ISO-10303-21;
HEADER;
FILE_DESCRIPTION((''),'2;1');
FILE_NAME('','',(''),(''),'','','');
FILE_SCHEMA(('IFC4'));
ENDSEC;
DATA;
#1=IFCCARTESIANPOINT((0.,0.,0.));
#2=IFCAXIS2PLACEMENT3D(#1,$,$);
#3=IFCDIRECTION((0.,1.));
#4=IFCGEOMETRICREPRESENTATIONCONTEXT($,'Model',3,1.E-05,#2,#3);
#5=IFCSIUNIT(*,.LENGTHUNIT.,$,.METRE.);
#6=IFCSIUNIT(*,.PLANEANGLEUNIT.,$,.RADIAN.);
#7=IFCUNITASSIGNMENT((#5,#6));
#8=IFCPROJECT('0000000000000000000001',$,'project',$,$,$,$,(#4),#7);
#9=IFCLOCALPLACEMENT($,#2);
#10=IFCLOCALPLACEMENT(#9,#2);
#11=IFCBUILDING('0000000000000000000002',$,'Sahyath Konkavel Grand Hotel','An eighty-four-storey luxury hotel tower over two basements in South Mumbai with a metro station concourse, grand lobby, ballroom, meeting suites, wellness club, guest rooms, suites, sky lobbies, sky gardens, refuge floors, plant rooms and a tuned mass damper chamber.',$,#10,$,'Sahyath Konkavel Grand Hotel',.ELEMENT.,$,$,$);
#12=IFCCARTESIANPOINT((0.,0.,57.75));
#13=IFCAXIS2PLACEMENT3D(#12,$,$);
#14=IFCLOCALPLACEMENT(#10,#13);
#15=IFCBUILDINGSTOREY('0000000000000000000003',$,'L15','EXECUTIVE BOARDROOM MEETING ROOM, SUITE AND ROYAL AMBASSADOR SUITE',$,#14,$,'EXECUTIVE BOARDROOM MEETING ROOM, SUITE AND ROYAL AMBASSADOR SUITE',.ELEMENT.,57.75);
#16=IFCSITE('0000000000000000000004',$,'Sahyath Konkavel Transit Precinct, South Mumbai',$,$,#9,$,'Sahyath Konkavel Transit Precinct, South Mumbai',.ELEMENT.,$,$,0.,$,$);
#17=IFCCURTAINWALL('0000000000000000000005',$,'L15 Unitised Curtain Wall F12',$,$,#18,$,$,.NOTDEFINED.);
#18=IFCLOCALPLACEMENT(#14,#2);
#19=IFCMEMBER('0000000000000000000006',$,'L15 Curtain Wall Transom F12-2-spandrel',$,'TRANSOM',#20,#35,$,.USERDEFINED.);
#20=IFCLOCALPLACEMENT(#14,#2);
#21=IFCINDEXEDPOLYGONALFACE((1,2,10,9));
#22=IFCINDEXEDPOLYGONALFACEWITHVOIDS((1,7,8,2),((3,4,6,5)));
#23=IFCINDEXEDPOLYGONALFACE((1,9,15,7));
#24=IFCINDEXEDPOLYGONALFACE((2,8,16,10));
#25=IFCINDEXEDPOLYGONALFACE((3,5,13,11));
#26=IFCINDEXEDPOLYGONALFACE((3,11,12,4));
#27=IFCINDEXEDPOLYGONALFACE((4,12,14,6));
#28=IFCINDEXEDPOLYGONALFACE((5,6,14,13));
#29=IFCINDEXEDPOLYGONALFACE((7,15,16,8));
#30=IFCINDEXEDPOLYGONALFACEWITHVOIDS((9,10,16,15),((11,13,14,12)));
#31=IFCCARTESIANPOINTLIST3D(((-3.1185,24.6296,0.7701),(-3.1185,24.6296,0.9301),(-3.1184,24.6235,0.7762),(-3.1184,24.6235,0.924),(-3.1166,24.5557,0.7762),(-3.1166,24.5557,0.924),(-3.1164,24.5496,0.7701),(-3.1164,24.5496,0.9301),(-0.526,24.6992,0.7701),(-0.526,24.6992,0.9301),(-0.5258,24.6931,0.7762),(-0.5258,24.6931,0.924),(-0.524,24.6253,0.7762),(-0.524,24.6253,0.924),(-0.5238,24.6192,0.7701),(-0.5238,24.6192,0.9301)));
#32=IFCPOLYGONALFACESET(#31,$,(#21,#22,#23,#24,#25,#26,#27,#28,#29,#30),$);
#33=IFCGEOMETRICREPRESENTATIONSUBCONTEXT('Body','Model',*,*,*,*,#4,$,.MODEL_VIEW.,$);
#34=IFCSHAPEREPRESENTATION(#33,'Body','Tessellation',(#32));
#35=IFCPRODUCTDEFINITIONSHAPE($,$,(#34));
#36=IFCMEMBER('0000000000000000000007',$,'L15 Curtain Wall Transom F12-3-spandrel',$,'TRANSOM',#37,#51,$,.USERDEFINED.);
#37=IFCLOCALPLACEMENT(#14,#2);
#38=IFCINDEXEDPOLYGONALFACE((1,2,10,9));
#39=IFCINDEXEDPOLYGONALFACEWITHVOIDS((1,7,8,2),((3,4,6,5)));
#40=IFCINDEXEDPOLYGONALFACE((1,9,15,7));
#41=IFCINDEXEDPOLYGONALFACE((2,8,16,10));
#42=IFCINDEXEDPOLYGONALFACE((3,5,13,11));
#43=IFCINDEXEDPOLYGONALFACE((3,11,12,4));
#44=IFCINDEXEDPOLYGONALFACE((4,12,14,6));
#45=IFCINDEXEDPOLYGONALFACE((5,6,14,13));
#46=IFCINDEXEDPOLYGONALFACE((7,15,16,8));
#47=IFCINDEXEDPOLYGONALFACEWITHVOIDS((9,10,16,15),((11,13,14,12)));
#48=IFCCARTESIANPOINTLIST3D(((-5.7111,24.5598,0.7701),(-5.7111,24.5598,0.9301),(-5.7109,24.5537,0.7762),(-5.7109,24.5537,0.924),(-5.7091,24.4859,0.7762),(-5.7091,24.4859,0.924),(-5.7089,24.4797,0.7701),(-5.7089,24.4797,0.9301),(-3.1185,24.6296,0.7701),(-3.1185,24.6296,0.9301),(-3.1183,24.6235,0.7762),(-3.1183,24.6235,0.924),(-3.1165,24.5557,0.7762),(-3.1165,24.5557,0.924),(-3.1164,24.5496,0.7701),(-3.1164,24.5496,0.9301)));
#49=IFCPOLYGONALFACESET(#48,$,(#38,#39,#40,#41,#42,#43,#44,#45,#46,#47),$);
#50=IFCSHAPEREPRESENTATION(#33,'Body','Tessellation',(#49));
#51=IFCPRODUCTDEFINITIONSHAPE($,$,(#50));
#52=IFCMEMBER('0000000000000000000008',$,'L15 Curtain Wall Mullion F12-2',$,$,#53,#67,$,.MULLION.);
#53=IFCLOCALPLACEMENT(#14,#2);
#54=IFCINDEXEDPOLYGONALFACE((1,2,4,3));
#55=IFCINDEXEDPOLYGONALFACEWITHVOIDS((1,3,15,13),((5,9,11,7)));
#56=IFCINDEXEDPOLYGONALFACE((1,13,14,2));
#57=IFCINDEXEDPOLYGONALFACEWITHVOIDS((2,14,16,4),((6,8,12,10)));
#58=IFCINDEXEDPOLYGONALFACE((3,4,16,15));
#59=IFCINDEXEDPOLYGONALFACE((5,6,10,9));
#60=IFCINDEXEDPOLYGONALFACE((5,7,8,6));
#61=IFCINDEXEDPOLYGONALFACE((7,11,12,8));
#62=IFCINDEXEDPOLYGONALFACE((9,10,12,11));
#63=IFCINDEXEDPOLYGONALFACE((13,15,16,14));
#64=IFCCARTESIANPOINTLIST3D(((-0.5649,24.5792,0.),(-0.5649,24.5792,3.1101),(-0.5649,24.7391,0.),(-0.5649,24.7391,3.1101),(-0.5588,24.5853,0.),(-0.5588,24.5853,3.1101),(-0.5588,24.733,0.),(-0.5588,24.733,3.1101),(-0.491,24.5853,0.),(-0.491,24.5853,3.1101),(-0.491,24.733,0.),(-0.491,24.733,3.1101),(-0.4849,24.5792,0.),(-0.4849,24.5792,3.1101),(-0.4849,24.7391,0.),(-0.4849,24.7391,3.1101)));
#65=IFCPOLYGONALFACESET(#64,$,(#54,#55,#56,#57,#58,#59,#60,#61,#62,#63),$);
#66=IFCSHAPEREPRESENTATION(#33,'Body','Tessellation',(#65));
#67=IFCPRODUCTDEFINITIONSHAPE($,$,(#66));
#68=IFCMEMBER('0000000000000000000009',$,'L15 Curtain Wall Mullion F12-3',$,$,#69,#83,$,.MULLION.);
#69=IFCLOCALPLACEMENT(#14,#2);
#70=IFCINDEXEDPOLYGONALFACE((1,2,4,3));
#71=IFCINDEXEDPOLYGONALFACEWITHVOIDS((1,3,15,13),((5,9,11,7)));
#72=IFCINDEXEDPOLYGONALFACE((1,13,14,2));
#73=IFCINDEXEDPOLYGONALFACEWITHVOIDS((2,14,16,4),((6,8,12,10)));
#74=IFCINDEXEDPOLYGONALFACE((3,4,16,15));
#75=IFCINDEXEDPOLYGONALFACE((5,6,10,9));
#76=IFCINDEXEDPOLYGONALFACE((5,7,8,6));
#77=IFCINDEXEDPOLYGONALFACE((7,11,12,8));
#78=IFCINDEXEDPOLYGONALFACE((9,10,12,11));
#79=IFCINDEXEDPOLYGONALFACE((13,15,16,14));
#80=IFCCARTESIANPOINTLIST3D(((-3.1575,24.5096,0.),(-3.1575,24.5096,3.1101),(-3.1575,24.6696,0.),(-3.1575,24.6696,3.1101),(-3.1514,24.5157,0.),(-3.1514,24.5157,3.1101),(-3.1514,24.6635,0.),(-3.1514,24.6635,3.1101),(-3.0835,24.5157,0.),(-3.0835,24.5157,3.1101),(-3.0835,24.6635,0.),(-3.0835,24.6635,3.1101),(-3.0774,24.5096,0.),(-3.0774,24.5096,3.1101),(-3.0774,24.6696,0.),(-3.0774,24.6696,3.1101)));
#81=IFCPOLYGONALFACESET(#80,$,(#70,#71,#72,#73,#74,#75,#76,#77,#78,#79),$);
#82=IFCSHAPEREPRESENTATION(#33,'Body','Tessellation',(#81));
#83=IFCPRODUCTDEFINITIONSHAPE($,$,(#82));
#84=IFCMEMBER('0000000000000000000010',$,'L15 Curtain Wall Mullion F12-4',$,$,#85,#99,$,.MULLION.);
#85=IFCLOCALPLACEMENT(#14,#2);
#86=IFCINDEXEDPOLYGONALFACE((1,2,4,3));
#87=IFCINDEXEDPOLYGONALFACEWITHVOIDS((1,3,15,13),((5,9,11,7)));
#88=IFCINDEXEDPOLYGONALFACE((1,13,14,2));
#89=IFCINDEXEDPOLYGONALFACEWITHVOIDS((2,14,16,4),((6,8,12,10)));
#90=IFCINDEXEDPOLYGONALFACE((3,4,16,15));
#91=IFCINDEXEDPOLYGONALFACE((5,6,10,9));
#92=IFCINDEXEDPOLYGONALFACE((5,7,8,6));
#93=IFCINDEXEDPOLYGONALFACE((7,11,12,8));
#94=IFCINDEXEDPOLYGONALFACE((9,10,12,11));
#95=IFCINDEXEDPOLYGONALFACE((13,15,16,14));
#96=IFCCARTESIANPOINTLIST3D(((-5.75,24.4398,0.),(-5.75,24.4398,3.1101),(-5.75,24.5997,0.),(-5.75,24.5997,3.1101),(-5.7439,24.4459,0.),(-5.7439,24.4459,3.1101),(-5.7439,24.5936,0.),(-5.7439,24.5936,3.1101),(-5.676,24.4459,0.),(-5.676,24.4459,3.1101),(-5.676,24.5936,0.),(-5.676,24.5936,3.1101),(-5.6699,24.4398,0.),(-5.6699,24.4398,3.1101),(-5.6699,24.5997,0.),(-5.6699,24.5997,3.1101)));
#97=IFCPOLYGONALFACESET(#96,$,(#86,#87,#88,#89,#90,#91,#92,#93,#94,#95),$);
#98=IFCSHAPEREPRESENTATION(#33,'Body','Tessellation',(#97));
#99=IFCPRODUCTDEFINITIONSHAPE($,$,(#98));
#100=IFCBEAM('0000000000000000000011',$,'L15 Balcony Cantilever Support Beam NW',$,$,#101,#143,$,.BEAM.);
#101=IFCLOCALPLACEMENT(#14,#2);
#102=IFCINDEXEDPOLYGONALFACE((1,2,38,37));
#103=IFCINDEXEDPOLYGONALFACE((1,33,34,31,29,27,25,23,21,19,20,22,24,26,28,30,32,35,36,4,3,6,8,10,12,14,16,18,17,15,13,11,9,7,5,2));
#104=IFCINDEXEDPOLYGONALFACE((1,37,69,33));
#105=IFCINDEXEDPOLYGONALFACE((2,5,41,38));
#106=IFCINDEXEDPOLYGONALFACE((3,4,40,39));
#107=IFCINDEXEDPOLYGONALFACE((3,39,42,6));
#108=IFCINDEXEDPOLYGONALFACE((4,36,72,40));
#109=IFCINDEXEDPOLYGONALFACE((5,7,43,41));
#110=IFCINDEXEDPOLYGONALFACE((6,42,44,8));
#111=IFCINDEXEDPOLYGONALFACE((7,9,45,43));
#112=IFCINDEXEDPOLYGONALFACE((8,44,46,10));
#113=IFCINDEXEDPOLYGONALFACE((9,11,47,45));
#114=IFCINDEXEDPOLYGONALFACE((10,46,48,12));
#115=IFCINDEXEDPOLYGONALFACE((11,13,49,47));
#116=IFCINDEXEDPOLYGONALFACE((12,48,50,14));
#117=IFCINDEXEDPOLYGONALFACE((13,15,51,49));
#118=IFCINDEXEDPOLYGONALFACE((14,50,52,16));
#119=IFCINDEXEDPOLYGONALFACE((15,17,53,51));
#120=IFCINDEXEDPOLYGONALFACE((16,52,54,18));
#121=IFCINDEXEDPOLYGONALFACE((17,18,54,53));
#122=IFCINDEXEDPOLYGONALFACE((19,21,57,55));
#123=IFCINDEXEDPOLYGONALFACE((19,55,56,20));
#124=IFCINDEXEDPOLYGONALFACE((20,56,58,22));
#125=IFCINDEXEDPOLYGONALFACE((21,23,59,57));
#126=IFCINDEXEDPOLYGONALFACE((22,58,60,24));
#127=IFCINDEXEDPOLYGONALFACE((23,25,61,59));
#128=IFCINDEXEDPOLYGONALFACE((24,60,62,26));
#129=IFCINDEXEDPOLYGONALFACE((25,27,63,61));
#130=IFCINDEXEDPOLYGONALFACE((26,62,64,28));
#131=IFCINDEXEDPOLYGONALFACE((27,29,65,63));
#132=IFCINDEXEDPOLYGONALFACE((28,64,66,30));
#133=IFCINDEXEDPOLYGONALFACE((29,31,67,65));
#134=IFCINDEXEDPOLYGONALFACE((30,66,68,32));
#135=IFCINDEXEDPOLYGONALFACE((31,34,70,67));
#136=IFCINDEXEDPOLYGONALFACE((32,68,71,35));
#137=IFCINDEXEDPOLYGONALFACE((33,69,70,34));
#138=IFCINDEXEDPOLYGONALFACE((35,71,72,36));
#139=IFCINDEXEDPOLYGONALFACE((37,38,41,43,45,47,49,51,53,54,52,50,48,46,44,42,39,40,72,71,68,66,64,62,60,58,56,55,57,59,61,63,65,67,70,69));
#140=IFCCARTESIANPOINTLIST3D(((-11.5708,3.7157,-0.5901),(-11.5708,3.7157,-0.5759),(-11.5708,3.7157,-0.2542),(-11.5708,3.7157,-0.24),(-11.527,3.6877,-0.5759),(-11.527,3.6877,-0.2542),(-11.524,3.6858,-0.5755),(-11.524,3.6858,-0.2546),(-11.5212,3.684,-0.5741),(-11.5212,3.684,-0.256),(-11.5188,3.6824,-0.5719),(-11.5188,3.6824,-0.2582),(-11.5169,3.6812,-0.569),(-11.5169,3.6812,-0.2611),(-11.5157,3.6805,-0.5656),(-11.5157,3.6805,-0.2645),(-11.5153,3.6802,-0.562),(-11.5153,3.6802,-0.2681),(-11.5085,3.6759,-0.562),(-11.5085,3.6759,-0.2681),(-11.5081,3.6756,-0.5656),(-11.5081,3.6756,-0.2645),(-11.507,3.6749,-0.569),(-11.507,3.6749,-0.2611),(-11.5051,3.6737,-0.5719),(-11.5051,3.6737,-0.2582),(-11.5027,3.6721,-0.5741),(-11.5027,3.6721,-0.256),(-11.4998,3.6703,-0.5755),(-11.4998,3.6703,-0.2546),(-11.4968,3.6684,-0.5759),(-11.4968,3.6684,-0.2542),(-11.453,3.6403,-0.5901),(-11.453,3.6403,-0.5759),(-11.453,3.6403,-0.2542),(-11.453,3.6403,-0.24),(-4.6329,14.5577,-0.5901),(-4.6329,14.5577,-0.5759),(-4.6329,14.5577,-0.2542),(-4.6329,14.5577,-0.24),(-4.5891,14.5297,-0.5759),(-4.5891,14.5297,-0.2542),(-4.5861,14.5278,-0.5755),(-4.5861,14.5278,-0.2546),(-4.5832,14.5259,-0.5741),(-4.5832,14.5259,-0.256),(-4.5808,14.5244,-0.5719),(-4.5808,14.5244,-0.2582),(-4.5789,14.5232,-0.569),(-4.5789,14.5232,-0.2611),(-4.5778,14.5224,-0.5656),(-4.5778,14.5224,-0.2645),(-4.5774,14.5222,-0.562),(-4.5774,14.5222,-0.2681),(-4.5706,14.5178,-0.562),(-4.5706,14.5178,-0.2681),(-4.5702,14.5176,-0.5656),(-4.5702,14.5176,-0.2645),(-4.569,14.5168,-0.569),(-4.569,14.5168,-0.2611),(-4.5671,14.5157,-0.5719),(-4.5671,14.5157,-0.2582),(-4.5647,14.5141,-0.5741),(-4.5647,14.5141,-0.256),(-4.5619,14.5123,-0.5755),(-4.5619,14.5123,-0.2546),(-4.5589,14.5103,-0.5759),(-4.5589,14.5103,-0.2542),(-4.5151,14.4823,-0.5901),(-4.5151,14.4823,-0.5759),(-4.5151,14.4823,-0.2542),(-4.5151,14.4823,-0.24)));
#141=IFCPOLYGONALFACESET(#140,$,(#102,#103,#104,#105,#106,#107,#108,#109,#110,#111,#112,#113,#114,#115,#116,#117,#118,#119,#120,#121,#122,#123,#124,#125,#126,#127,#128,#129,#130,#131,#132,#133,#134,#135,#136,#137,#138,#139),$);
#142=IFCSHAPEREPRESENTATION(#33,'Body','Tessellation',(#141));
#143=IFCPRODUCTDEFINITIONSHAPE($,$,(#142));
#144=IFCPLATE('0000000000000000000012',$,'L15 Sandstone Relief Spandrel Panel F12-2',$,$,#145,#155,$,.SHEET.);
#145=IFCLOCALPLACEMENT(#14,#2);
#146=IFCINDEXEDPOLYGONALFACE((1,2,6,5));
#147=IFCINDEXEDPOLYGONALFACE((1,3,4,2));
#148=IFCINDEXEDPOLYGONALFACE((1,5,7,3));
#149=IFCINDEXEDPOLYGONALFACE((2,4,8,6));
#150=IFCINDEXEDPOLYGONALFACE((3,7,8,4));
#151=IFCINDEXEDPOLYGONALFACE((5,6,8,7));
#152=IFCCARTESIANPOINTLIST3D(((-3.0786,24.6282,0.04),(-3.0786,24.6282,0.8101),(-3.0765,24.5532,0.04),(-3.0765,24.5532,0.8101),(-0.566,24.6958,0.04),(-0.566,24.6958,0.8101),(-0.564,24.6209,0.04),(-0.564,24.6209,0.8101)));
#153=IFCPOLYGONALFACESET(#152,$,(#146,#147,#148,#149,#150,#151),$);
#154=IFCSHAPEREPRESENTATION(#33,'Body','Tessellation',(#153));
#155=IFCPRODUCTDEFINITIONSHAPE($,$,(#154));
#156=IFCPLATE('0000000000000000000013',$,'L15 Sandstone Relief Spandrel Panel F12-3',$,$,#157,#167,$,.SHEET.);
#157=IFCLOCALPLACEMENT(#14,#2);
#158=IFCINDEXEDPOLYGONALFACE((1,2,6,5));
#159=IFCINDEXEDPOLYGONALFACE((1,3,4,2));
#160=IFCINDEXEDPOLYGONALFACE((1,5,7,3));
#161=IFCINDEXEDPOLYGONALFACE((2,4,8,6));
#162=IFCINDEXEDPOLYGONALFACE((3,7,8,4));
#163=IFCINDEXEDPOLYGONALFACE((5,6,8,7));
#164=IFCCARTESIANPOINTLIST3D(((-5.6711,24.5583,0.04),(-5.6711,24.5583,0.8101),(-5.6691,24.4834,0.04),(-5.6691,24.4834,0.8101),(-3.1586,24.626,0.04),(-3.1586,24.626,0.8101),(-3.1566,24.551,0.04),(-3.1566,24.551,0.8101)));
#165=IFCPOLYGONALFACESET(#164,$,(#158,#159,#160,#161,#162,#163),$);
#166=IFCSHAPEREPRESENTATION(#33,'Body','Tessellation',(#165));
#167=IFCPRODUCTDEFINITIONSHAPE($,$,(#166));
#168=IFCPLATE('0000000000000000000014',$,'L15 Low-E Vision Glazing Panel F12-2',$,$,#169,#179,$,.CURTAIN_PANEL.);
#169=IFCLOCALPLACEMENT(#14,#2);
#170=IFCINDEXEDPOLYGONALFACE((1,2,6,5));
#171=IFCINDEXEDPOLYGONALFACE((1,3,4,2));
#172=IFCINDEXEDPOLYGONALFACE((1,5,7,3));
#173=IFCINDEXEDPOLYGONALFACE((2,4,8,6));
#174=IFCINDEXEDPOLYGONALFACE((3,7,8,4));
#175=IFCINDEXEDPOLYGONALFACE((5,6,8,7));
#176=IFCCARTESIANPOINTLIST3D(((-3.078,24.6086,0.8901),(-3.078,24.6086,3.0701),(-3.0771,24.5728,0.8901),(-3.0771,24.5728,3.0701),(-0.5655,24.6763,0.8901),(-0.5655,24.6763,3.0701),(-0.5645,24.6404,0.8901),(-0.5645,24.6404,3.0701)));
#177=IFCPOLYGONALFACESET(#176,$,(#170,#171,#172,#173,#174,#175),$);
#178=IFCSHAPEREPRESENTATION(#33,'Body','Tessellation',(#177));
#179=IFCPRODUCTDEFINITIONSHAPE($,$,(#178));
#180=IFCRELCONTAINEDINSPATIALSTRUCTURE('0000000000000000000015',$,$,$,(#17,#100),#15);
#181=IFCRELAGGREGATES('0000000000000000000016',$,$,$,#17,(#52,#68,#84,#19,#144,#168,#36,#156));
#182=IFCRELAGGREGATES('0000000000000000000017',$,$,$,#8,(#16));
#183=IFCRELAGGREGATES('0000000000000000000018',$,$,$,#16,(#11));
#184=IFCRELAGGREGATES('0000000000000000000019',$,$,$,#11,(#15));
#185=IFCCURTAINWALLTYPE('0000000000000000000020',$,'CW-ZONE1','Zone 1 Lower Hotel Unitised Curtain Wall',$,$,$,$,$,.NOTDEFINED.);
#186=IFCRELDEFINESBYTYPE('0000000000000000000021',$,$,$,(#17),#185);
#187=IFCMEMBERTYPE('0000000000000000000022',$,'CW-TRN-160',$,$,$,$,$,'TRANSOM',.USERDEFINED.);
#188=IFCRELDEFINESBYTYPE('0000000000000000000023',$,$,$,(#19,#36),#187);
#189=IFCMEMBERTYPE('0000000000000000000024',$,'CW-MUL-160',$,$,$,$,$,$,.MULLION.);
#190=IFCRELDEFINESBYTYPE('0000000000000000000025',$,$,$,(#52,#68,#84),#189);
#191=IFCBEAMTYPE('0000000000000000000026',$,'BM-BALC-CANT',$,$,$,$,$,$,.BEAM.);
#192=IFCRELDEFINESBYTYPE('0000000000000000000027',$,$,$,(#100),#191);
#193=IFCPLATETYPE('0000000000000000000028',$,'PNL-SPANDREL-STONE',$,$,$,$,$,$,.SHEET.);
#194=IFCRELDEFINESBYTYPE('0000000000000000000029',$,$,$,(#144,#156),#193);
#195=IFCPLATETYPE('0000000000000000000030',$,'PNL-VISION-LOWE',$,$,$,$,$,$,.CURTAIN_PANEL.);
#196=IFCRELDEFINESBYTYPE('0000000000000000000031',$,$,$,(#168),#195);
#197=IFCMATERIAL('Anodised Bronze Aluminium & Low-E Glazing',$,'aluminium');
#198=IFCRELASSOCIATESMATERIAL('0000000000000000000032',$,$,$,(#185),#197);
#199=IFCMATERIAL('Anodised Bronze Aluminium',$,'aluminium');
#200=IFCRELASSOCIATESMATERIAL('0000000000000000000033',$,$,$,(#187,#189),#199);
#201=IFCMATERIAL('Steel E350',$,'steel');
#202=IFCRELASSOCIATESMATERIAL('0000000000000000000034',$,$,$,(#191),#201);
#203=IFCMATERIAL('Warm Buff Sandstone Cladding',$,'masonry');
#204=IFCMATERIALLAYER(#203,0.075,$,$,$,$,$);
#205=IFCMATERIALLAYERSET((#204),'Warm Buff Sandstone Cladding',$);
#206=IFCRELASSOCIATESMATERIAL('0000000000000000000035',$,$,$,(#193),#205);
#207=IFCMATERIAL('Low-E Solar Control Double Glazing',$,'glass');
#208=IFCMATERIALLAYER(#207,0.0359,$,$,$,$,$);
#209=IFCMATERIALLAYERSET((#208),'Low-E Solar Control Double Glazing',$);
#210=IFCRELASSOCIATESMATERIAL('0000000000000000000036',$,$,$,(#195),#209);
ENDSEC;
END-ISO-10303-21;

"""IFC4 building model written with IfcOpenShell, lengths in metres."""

from ifc_helpers import new_model, si_unit, direction, frame, origin, origin_2d, place, context, subcontext, project, spatial, rectangle, hollow_rectangle, i_section, extrude, source, transform, mapped, material, layer, layer_set, material_profile, profile_set, type_object, element, aggregate, save


model = new_model("IFC4")

# Units and contexts
model_context = context("Model", 3, precision=1e-05, world=origin(), true_north=direction((0.0, 1.0)))
body_context = subcontext(model_context, "Body", "Model", "MODEL_VIEW")
ifc_project = project(units=[si_unit("LENGTHUNIT", "METRE"), si_unit("PLANEANGLEUNIT", "RADIAN")], contexts=[model_context])

# Site, building, storey
site_placement = place(None, origin())
site = spatial("IfcSite", under=ifc_project, at=site_placement, Name="Sahyath Konkavel Transit Precinct, South Mumbai", LongName="Sahyath Konkavel Transit Precinct, South Mumbai", CompositionType="ELEMENT", RefElevation=0.0)
building_placement = place(site_placement, origin())
building = spatial("IfcBuilding", under=site, at=building_placement, Name="Sahyath Konkavel Grand Hotel", Description="An eighty-four-storey luxury hotel tower over two basements in South Mumbai with a metro station concourse, grand lobby, ballroom, meeting suites, wellness club, guest rooms, suites, sky lobbies, sky gardens, refuge floors, plant rooms and a tuned mass damper chamber.", LongName="Sahyath Konkavel Grand Hotel", CompositionType="ELEMENT")
storey_placement = place(building_placement, frame((0.0, 0.0, 57.75)))
storey = spatial("IfcBuildingStorey", under=building, at=storey_placement, Name="L15", Description="EXECUTIVE BOARDROOM MEETING ROOM, SUITE AND ROYAL AMBASSADOR SUITE", LongName="EXECUTIVE BOARDROOM MEETING ROOM, SUITE AND ROYAL AMBASSADOR SUITE", CompositionType="ELEMENT", Elevation=57.75)

# Shared definitions
ifc_material_1 = material(Name="Steel E350", Category="steel")

# Curtain wall
ifc_material_2 = material(Name="Anodised Bronze Aluminium & Low-E Glazing", Category="aluminium")
curtain_wall_type = type_object("IfcCurtainWallType", Name="CW-ZONE1", Description="Zone 1 Lower Hotel Unitised Curtain Wall", PredefinedType="NOTDEFINED", material=ifc_material_2)
curtain_wall_1_placement = place(storey_placement, origin())
curtain_wall_1 = element("IfcCurtainWall", 1, at=curtain_wall_1_placement, inside=storey, type_object=curtain_wall_type, Name="L15 Unitised Curtain Wall F12", PredefinedType="NOTDEFINED")
ifc_material_3 = material(Name="Anodised Bronze Aluminium", Category="aluminium")
ifc_material_profile_1 = material_profile(ifc_material_3, hollow_rectangle(XDim=0.0801, YDim=0.1599, WallThickness=0.0061, at=origin_2d()), Name="RHS 160x80x6")
ifc_profile_set_1 = profile_set([ifc_material_profile_1], Name="Anodised Bronze Aluminium")
member_type_1 = type_object("IfcMemberType", Name="CW-TRN-160", ElementType="TRANSOM", PredefinedType="USERDEFINED", material=ifc_profile_set_1)

# Members
shared_shape_1 = source(origin(), body_context, "Body", "SweptSolid", [
    extrude(hollow_rectangle(XDim=0.0801, YDim=0.1599, WallThickness=0.0061, at=origin_2d()), origin(), (0.0, 0.0, 1.0), 2.5935),
])
member_1_placement = place(storey_placement, frame((-0.5249, 24.6592, 0.8501), z_axis=(-0.99964, -0.026829, 0.0), x_axis=(0.026829, -0.99964, 0.0)))
member_1 = element("IfcMember", 2, at=member_1_placement, type_object=member_type_1, Name="L15 Curtain Wall Transom F12-2-spandrel", ObjectType="TRANSOM", PredefinedType="USERDEFINED", context=body_context, shape_type="MappedRepresentation", body=[
    mapped(shared_shape_1, transform((0.0, 0.0, 0.0), scale=1.0)),
])
member_2_placement = place(storey_placement, frame((-3.1174, 24.5896, 0.8501), z_axis=(-0.999638, -0.026923, 0.0), x_axis=(0.026923, -0.999638, 0.0)))
member_2 = element("IfcMember", 3, at=member_2_placement, type_object=member_type_1, Name="L15 Curtain Wall Transom F12-3-spandrel", ObjectType="TRANSOM", PredefinedType="USERDEFINED", context=body_context, shape_type="MappedRepresentation", body=[
    mapped(shared_shape_1, transform((0.0, 0.0, 0.0), scale=1.0)),
])
ifc_material_profile_2 = material_profile(ifc_material_3, hollow_rectangle(XDim=0.0801, YDim=0.1599, WallThickness=0.0061, at=origin_2d()), Name="RHS 160x80x6")
ifc_profile_set_2 = profile_set([ifc_material_profile_2], Name="Anodised Bronze Aluminium")
member_type_2 = type_object("IfcMemberType", Name="CW-MUL-160", PredefinedType="MULLION", material=ifc_profile_set_2)
shared_shape_2 = source(origin(), body_context, "Body", "SweptSolid", [
    extrude(hollow_rectangle(XDim=0.0801, YDim=0.1599, WallThickness=0.0061, at=origin_2d()), origin(), (0.0, 0.0, 1.0), 3.1101),
])
member_3_placement = place(storey_placement, frame((-0.5249, 24.6592, 0.0), z_axis=(0.0, 0.0, 1.0), x_axis=(1.0, 0.0, 0.0)))
member_3 = element("IfcMember", 4, at=member_3_placement, type_object=member_type_2, Name="L15 Curtain Wall Mullion F12-2", PredefinedType="MULLION", context=body_context, shape_type="MappedRepresentation", body=[
    mapped(shared_shape_2, transform((0.0, 0.0, 0.0), scale=1.0)),
])
member_4_placement = place(storey_placement, frame((-3.1174, 24.5896, 0.0), z_axis=(0.0, 0.0, 1.0), x_axis=(1.0, 0.0, 0.0)))
member_4 = element("IfcMember", 5, at=member_4_placement, type_object=member_type_2, Name="L15 Curtain Wall Mullion F12-3", PredefinedType="MULLION", context=body_context, shape_type="MappedRepresentation", body=[
    mapped(shared_shape_2, transform((0.0, 0.0, 0.0), scale=1.0)),
])
member_5_placement = place(storey_placement, frame((-5.71, 24.5198, 0.0), z_axis=(0.0, 0.0, 1.0), x_axis=(1.0, 0.0, 0.0)))
member_5 = element("IfcMember", 6, at=member_5_placement, type_object=member_type_2, Name="L15 Curtain Wall Mullion F12-4", PredefinedType="MULLION", context=body_context, shape_type="MappedRepresentation", body=[
    mapped(shared_shape_2, transform((0.0, 0.0, 0.0), scale=1.0)),
])

# Beam
ifc_material_profile_3 = material_profile(ifc_material_1, i_section(OverallWidth=0.1399, OverallDepth=0.3501, WebThickness=0.0081, FlangeThickness=0.0142, FilletRadius=0.0139, at=origin_2d()), Name="ISMB 350")
ifc_profile_set_3 = profile_set([ifc_material_profile_3], Name="Steel E350")
beam_type_1 = type_object("IfcBeamType", Name="BM-BALC-CANT", PredefinedType="BEAM", material=ifc_profile_set_3)
shared_shape_3 = source(origin(), body_context, "Body", "SweptSolid", [
    extrude(i_section(OverallWidth=0.1399, OverallDepth=0.3501, WebThickness=0.0081, FlangeThickness=0.0142, FilletRadius=0.0139, at=origin_2d()), origin(), (0.0, 0.0, 1.0), 12.8718),
])
beam_1_placement = place(storey_placement, frame((-4.574, 14.52, -0.415), z_axis=(-0.539003, -0.842304, 0.0), x_axis=(0.842304, -0.539003, 0.0)))
element("IfcBeam", 7, at=beam_1_placement, inside=storey, type_object=beam_type_1, Name="L15 Balcony Cantilever Support Beam NW", PredefinedType="BEAM", context=body_context, shape_type="MappedRepresentation", body=[
    mapped(shared_shape_3, transform((0.0, 0.0, 0.0), scale=1.0)),
])

# Plates
ifc_material_4 = material(Name="Warm Buff Sandstone Cladding", Category="masonry")
ifc_layer_1 = layer(ifc_material_4, 0.075)
ifc_layer_set_1 = layer_set([ifc_layer_1], Name="Warm Buff Sandstone Cladding")
plate_type_1 = type_object("IfcPlateType", Name="PNL-SPANDREL-STONE", PredefinedType="SHEET", material=ifc_layer_set_1)
shared_shape_4 = source(origin(), body_context, "Body", "SweptSolid", [
    extrude(rectangle(XDim=2.5134, YDim=0.075, at=origin_2d()), origin(), (0.0, 0.0, 1.0), 0.77),
])
plate_1_placement = place(storey_placement, frame((-1.8213, 24.6245, 0.04), z_axis=(0.0, 0.0, 1.0), x_axis=(-0.999638, -0.02691, 0.0)))
plate_1 = element("IfcPlate", 8, at=plate_1_placement, type_object=plate_type_1, Name="L15 Sandstone Relief Spandrel Panel F12-2", PredefinedType="SHEET", context=body_context, shape_type="MappedRepresentation", body=[
    mapped(shared_shape_4, transform((0.0, 0.0, 0.0), scale=1.0)),
])
plate_2_placement = place(storey_placement, frame((-4.4138, 24.5547, 0.04), z_axis=(0.0, 0.0, 1.0), x_axis=(-0.999638, -0.02691, 0.0)))
plate_2 = element("IfcPlate", 9, at=plate_2_placement, type_object=plate_type_1, Name="L15 Sandstone Relief Spandrel Panel F12-3", PredefinedType="SHEET", context=body_context, shape_type="MappedRepresentation", body=[
    mapped(shared_shape_4, transform((0.0, 0.0, 0.0), scale=1.0)),
])
ifc_material_5 = material(Name="Low-E Solar Control Double Glazing", Category="glass")
ifc_layer_2 = layer(ifc_material_5, 0.0359)
ifc_layer_set_2 = layer_set([ifc_layer_2], Name="Low-E Solar Control Double Glazing")
plate_type_2 = type_object("IfcPlateType", Name="PNL-VISION-LOWE", PredefinedType="CURTAIN_PANEL", material=ifc_layer_set_2)
shared_shape_5 = source(origin(), body_context, "Body", "SweptSolid", [
    extrude(rectangle(XDim=2.5134, YDim=0.0359, at=origin_2d()), origin(), (0.0, 0.0, 1.0), 2.1799),
])
plate_3_placement = place(storey_placement, frame((-1.8213, 24.6245, 0.8901), z_axis=(0.0, 0.0, 1.0), x_axis=(-0.999638, -0.02691, 0.0)))
plate_3 = element("IfcPlate", 10, at=plate_3_placement, type_object=plate_type_2, Name="L15 Low-E Vision Glazing Panel F12-2", PredefinedType="CURTAIN_PANEL", context=body_context, shape_type="MappedRepresentation", body=[
    mapped(shared_shape_5, transform((0.0, 0.0, 0.0), scale=1.0)),
])
aggregate(curtain_wall_1, [member_3, member_4, member_5, member_1, plate_1, plate_3, member_2, plate_2])

save(model, "model.ifc")
